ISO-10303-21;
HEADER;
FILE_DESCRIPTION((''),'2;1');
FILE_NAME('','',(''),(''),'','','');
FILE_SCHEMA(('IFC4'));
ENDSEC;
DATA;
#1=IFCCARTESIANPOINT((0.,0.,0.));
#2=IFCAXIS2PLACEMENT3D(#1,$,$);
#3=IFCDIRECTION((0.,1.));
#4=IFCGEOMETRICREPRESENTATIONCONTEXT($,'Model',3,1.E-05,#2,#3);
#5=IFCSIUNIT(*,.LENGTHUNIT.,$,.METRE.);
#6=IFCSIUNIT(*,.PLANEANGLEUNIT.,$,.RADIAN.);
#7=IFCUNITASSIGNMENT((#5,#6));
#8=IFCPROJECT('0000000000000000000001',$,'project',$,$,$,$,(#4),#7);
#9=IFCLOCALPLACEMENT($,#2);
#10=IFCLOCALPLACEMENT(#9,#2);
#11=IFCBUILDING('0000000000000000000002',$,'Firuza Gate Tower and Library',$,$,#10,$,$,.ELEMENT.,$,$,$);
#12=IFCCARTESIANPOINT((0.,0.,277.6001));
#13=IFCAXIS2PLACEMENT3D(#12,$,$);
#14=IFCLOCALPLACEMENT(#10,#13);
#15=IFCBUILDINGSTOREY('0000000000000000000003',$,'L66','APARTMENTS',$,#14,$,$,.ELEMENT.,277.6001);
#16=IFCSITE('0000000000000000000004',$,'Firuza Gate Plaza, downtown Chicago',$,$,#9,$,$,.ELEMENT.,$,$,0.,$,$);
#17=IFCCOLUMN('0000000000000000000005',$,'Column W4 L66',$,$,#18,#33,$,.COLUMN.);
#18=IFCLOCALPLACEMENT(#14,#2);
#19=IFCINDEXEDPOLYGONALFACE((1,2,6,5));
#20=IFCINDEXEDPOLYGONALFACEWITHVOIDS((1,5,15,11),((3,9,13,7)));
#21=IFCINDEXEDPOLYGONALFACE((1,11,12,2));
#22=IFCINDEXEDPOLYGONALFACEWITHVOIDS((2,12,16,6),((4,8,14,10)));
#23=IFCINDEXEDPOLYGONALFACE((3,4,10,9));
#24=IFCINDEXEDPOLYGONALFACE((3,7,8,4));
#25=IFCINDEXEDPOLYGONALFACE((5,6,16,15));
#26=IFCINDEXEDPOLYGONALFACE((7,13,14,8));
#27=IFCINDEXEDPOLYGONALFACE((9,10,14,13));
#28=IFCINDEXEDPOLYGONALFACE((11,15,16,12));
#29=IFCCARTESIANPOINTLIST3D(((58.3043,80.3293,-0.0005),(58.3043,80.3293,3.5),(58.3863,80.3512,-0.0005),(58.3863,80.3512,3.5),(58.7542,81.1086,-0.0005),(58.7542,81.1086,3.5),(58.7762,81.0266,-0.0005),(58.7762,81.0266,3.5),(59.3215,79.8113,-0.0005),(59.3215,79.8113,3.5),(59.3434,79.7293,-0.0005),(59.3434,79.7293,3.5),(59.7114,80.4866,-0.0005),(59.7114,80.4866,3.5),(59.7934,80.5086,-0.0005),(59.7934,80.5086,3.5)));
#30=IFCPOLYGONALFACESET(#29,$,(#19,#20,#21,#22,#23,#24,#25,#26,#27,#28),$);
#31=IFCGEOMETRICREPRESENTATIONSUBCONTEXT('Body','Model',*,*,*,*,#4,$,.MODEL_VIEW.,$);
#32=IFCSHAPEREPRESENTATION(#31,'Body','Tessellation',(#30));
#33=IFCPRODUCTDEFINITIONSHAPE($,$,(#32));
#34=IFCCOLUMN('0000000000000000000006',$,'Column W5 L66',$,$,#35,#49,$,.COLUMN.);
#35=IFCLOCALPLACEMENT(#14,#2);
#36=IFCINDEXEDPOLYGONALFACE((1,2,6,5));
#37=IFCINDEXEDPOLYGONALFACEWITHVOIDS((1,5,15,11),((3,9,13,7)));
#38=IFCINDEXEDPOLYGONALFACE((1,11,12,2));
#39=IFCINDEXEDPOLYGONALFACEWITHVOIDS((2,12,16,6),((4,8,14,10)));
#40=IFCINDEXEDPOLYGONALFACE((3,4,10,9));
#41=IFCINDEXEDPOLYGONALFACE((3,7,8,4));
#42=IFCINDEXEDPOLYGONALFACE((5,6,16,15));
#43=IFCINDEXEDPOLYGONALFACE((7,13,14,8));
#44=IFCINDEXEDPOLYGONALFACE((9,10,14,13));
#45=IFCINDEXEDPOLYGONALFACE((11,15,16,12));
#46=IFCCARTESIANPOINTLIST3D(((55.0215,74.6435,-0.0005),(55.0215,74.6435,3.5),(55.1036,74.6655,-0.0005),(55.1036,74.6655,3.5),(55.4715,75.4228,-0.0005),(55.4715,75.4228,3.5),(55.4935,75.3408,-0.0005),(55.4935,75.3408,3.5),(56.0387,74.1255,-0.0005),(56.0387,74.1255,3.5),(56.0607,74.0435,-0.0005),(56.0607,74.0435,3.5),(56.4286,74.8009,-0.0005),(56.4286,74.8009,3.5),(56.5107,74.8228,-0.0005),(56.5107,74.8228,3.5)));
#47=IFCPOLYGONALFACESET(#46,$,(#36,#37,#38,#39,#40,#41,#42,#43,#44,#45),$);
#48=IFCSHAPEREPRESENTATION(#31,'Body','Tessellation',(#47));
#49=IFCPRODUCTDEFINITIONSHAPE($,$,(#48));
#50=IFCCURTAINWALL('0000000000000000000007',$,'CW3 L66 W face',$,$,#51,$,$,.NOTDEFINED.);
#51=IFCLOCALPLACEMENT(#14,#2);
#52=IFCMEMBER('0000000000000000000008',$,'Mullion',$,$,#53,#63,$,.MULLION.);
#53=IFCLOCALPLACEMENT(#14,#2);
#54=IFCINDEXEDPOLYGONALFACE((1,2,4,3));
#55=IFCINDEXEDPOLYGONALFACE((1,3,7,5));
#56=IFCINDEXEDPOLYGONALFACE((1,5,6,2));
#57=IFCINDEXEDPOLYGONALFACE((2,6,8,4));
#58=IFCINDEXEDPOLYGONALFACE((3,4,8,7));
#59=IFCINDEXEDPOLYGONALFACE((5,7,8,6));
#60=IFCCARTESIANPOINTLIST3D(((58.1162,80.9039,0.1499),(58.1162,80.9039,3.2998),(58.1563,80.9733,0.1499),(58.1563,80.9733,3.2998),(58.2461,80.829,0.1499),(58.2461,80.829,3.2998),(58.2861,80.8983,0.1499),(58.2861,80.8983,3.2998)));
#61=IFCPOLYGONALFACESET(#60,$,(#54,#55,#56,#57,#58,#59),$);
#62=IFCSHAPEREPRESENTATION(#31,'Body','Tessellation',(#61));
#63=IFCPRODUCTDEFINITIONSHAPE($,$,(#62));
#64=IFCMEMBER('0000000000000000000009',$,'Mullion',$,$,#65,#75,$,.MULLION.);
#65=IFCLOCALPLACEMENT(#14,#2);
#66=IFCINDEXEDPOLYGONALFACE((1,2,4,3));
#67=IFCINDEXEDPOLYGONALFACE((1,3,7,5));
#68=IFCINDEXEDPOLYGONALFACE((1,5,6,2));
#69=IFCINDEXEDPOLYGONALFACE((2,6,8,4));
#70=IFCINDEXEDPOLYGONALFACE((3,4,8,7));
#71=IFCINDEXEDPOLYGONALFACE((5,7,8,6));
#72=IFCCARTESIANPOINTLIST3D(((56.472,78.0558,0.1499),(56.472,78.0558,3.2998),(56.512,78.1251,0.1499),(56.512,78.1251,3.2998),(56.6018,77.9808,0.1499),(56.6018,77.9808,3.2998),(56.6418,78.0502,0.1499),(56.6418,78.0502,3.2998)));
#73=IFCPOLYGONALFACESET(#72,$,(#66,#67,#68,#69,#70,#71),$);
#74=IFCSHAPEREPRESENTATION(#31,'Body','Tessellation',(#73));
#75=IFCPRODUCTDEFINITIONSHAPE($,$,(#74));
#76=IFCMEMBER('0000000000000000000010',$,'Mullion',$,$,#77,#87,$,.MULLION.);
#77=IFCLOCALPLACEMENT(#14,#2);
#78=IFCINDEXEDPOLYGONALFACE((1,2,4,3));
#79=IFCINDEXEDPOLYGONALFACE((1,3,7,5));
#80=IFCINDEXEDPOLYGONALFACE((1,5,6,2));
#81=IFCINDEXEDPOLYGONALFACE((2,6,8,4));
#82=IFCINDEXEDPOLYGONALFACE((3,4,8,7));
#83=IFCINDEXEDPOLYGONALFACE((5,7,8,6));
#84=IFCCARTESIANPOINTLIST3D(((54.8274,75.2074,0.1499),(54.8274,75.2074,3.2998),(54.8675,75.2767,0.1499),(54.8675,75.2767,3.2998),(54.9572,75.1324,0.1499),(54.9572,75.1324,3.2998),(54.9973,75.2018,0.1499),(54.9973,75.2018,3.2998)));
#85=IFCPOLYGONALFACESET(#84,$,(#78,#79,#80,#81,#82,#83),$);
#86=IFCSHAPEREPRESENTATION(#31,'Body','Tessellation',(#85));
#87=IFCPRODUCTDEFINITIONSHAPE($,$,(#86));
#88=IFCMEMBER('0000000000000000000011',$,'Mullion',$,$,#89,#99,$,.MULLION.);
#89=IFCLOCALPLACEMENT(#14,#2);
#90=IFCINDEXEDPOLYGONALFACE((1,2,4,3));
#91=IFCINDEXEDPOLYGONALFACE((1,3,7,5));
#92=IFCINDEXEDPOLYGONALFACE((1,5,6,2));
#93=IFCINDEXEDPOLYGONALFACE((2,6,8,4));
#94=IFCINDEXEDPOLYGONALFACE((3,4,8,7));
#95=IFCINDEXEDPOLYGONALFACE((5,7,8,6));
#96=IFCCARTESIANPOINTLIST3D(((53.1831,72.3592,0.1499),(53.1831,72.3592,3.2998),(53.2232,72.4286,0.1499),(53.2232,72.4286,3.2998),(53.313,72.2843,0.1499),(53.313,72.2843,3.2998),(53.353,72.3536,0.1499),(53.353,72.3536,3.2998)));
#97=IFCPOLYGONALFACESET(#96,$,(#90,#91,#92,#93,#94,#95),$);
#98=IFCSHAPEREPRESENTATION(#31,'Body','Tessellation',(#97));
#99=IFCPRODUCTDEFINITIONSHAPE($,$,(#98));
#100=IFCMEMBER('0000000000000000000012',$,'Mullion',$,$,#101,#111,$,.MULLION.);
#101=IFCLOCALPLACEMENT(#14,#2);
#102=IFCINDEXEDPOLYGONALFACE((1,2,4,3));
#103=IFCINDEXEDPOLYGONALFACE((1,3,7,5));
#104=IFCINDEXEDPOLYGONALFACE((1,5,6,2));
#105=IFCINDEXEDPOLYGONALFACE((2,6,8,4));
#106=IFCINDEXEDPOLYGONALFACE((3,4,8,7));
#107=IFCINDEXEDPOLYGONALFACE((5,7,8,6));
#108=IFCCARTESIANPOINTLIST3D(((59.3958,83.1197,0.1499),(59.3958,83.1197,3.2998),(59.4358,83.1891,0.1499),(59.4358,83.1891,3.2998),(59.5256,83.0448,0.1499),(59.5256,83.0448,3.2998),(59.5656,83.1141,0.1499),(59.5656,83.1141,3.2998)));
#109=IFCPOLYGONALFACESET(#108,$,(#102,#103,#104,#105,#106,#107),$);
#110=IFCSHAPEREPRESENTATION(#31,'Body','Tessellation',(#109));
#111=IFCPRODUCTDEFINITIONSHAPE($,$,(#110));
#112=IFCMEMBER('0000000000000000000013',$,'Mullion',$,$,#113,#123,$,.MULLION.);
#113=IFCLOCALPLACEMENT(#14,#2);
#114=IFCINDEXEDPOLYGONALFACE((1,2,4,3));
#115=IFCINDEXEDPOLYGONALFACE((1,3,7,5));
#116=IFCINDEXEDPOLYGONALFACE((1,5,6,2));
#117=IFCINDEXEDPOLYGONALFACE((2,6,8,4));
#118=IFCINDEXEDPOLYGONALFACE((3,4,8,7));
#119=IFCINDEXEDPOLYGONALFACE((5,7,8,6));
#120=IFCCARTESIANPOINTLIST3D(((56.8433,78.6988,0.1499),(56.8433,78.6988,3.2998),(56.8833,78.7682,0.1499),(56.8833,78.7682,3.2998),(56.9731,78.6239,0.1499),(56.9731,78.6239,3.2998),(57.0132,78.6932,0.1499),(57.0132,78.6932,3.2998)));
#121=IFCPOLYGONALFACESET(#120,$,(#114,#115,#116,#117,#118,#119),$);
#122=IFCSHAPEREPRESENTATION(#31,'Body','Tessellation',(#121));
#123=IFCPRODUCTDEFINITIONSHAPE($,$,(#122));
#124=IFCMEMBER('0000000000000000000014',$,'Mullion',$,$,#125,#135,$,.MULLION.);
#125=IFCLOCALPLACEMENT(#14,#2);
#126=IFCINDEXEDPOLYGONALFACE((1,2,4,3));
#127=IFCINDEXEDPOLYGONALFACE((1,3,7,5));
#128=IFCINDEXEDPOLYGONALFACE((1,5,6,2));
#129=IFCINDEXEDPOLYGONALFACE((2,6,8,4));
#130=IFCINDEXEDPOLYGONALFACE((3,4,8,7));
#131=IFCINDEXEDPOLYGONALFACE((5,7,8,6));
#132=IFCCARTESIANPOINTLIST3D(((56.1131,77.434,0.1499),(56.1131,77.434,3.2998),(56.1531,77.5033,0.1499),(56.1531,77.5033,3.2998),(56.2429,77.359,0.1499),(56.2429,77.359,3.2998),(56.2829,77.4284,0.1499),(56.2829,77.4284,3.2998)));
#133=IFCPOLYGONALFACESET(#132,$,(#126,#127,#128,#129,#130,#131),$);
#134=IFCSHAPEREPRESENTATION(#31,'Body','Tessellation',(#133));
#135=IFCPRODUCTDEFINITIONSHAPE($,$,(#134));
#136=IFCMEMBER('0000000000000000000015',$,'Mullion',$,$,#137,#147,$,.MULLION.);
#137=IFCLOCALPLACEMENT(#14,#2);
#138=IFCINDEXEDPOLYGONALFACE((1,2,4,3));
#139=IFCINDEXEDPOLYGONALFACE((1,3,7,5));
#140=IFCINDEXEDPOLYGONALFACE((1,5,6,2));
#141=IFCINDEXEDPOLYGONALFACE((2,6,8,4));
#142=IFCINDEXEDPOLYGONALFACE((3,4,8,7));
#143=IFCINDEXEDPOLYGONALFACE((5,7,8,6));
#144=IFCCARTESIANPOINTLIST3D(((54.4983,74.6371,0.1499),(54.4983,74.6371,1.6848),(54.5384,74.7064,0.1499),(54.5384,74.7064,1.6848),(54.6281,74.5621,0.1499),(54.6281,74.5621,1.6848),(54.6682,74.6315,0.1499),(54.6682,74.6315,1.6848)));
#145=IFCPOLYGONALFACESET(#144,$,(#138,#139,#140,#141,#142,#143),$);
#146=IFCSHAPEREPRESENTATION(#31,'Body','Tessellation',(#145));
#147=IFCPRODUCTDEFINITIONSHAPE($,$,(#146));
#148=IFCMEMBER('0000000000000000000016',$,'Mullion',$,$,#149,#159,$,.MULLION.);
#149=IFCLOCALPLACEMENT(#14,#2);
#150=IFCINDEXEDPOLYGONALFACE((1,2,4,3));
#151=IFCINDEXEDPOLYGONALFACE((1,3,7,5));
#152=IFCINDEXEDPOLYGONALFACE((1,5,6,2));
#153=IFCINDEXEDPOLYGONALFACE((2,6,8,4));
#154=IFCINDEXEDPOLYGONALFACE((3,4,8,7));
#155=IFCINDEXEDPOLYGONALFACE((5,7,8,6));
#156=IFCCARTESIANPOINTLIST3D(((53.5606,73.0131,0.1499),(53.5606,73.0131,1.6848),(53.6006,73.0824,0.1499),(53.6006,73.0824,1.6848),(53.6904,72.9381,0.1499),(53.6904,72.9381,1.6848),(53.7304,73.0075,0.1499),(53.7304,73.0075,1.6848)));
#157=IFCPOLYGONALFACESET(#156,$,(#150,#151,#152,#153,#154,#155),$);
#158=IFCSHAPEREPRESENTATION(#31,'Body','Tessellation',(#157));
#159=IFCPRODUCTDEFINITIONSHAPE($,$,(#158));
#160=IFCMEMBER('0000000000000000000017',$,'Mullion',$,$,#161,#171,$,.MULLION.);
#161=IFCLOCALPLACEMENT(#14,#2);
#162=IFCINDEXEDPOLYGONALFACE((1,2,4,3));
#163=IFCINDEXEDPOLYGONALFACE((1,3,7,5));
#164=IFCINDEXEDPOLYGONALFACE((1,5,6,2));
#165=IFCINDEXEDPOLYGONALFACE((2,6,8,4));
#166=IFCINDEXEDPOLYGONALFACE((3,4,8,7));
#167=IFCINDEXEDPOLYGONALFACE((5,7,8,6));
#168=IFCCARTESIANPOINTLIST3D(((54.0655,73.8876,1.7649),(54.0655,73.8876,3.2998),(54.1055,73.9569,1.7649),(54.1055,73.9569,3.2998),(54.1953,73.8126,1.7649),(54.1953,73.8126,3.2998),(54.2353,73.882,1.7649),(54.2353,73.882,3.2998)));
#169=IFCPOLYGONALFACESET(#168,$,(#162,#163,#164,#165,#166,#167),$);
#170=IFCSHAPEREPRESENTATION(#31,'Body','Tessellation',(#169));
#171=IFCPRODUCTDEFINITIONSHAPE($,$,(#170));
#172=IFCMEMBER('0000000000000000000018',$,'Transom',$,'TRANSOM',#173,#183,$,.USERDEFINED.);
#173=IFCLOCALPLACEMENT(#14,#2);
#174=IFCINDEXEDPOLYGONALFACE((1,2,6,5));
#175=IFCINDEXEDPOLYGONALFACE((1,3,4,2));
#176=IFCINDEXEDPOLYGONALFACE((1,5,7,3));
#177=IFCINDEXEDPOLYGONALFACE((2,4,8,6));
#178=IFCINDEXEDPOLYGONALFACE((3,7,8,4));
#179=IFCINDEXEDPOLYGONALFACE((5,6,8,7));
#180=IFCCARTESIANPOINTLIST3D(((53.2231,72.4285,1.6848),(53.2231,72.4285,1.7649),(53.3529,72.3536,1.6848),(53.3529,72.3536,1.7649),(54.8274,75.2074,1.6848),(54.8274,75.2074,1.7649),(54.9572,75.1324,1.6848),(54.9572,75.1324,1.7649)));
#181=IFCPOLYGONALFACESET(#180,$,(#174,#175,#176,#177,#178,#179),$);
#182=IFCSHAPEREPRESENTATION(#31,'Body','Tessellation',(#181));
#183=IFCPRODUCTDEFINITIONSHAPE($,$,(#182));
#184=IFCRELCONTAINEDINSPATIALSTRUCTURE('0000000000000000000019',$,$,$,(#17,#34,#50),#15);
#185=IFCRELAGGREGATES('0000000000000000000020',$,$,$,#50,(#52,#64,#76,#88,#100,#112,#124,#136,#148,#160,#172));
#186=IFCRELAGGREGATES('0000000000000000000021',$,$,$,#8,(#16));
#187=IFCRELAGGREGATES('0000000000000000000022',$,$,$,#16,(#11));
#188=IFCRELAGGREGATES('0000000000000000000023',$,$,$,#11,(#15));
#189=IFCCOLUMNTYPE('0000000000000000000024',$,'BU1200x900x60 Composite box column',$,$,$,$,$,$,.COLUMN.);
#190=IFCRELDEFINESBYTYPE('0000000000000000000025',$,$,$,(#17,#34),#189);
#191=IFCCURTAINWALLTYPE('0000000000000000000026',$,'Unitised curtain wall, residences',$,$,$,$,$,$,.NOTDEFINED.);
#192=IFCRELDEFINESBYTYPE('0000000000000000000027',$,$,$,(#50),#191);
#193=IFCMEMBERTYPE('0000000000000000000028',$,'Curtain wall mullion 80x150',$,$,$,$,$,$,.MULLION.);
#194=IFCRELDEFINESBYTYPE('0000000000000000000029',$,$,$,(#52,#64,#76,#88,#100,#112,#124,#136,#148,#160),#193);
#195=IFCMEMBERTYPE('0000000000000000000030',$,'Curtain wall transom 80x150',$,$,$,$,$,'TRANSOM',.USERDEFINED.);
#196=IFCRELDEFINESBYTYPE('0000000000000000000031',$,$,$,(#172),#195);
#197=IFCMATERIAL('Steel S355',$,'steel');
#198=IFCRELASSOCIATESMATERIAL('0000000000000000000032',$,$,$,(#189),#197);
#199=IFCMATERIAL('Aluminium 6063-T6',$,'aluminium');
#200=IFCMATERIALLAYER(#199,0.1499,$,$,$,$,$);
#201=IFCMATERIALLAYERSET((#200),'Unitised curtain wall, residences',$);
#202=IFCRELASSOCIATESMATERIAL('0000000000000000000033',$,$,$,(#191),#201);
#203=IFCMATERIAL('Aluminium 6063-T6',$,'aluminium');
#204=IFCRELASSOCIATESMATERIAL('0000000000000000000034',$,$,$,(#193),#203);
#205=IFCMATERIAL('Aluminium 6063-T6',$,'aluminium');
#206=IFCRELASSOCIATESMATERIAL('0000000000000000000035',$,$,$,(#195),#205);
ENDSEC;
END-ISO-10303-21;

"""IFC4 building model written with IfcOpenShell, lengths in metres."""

from ifc_helpers import new_model, si_unit, direction, frame, origin, origin_2d, place, context, subcontext, project, spatial, rectangle, hollow_rectangle, extrude, material, layer, layer_set, material_profile, profile_set, type_object, element, aggregate, save


model = new_model("IFC4")

# Units and contexts
model_context = context("Model", 3, precision=1e-05, world=origin(), true_north=direction((0.0, 1.0)))
body_context = subcontext(model_context, "Body", "Model", "MODEL_VIEW")
ifc_project = project(units=[si_unit("LENGTHUNIT", "METRE"), si_unit("PLANEANGLEUNIT", "RADIAN")], contexts=[model_context])

# Site, building, storey
site_placement = place(None, origin())
site = spatial("IfcSite", under=ifc_project, at=site_placement, Name="Firuza Gate Plaza, downtown Chicago", CompositionType="ELEMENT", RefElevation=0.0)
building_placement = place(site_placement, origin())
building = spatial("IfcBuilding", under=site, at=building_placement, Name="Firuza Gate Tower and Library", CompositionType="ELEMENT")
storey_placement = place(building_placement, frame((0.0, 0.0, 277.6001)))
storey = spatial("IfcBuildingStorey", under=building, at=storey_placement, Name="L66", Description="APARTMENTS", CompositionType="ELEMENT", Elevation=277.6001)

# Columns
ifc_material_1 = material(Name="Steel S355", Category="steel")
ifc_material_profile_1 = material_profile(ifc_material_1, hollow_rectangle(XDim=0.8999, YDim=1.2, WallThickness=0.0601, at=origin_2d()))
ifc_profile_set_1 = profile_set([ifc_material_profile_1], Name="Steel S355")
column_type = type_object("IfcColumnType", Name="BU1200x900x60 Composite box column", PredefinedType="COLUMN", material=ifc_profile_set_1)
for number, where, z_axis, x_axis, name in (
    (1, (59.0488, 80.4189, -0.0005), (0.0, 0.0, 1.0), (-0.5, -0.866025, 0.0), "Column W4 L66"),
    (2, (55.7661, 74.7332, -0.0005), (0.0, 0.0, 1.0), (-0.5, -0.866025, 0.0), "Column W5 L66"),
):
    element("IfcColumn", number, at=place(storey_placement, frame(where, z_axis=z_axis, x_axis=x_axis)), inside=storey, type_object=column_type, Name=name, PredefinedType="COLUMN", context=body_context, shape_type="SweptSolid", body=[
        extrude(hollow_rectangle(XDim=0.8999, YDim=1.2, WallThickness=0.0601, at=origin_2d()), origin(), (0.0, 0.0, 1.0), 3.5005),
    ])

# Curtain wall, members
ifc_material_2 = material(Name="Aluminium 6063-T6", Category="aluminium")
ifc_layer_1 = layer(ifc_material_2, 0.1499)
ifc_layer_set_1 = layer_set([ifc_layer_1], Name="Unitised curtain wall, residences")
curtain_wall_type = type_object("IfcCurtainWallType", Name="Unitised curtain wall, residences", PredefinedType="NOTDEFINED", material=ifc_layer_set_1)
curtain_wall_placement = place(storey_placement, origin())
curtain_wall = element("IfcCurtainWall", 3, at=curtain_wall_placement, inside=storey, type_object=curtain_wall_type, Name="CW3 L66 W face", PredefinedType="NOTDEFINED")
ifc_material_3 = material(Name="Aluminium 6063-T6", Category="aluminium")
ifc_material_profile_2 = material_profile(ifc_material_3, rectangle(XDim=0.1499, YDim=0.0801, at=origin_2d()))
ifc_profile_set_2 = profile_set([ifc_material_profile_2], Name="Aluminium 6063-T6")
member_type_1 = type_object("IfcMemberType", Name="Curtain wall mullion 80x150", PredefinedType="MULLION", material=ifc_profile_set_2)
member_1_placement = place(storey_placement, frame((58.2012, 80.9011, 0.1499), z_axis=(0.0, 0.0, 1.0), x_axis=(0.866025, -0.5, 0.0)))
member_1 = element("IfcMember", 4, at=member_1_placement, type_object=member_type_1, Name="Mullion", PredefinedType="MULLION", context=body_context, shape_type="SweptSolid", body=[
    extrude(rectangle(XDim=0.1499, YDim=0.0801, at=origin_2d()), origin(), (0.0, 0.0, 1.0), 3.1499),
])
member_2_placement = place(storey_placement, frame((56.5569, 78.053, 0.1499), z_axis=(0.0, 0.0, 1.0), x_axis=(0.866025, -0.5, 0.0)))
member_2 = element("IfcMember", 5, at=member_2_placement, type_object=member_type_1, Name="Mullion", PredefinedType="MULLION", context=body_context, shape_type="SweptSolid", body=[
    extrude(rectangle(XDim=0.1499, YDim=0.0801, at=origin_2d()), origin(), (0.0, 0.0, 1.0), 3.1499),
])
member_3_placement = place(storey_placement, frame((54.9124, 75.2046, 0.1499), z_axis=(0.0, 0.0, 1.0), x_axis=(0.866025, -0.5, 0.0)))
member_3 = element("IfcMember", 6, at=member_3_placement, type_object=member_type_1, Name="Mullion", PredefinedType="MULLION", context=body_context, shape_type="SweptSolid", body=[
    extrude(rectangle(XDim=0.1499, YDim=0.0801, at=origin_2d()), origin(), (0.0, 0.0, 1.0), 3.1499),
])
member_4_placement = place(storey_placement, frame((53.2681, 72.3564, 0.1499), z_axis=(0.0, 0.0, 1.0), x_axis=(0.866025, -0.5, 0.0)))
member_4 = element("IfcMember", 7, at=member_4_placement, type_object=member_type_1, Name="Mullion", PredefinedType="MULLION", context=body_context, shape_type="SweptSolid", body=[
    extrude(rectangle(XDim=0.1499, YDim=0.0801, at=origin_2d()), origin(), (0.0, 0.0, 1.0), 3.1499),
])
member_5_placement = place(storey_placement, frame((59.4807, 83.1169, 0.1499), z_axis=(0.0, 0.0, 1.0), x_axis=(0.866025, -0.5, 0.0)))
member_5 = element("IfcMember", 8, at=member_5_placement, type_object=member_type_1, Name="Mullion", PredefinedType="MULLION", context=body_context, shape_type="SweptSolid", body=[
    extrude(rectangle(XDim=0.1499, YDim=0.0801, at=origin_2d()), origin(), (0.0, 0.0, 1.0), 3.1499),
])
member_6_placement = place(storey_placement, frame((56.9282, 78.696, 0.1499), z_axis=(0.0, 0.0, 1.0), x_axis=(0.866025, -0.5, 0.0)))
member_6 = element("IfcMember", 9, at=member_6_placement, type_object=member_type_1, Name="Mullion", PredefinedType="MULLION", context=body_context, shape_type="SweptSolid", body=[
    extrude(rectangle(XDim=0.1499, YDim=0.0801, at=origin_2d()), origin(), (0.0, 0.0, 1.0), 3.1499),
])
member_7_placement = place(storey_placement, frame((56.198, 77.4312, 0.1499), z_axis=(0.0, 0.0, 1.0), x_axis=(0.866025, -0.5, 0.0)))
member_7 = element("IfcMember", 10, at=member_7_placement, type_object=member_type_1, Name="Mullion", PredefinedType="MULLION", context=body_context, shape_type="SweptSolid", body=[
    extrude(rectangle(XDim=0.1499, YDim=0.0801, at=origin_2d()), origin(), (0.0, 0.0, 1.0), 3.1499),
])
member_8_placement = place(storey_placement, frame((54.5833, 74.6343, 0.1499), z_axis=(0.0, 0.0, 1.0), x_axis=(0.866025, -0.5, 0.0)))
member_8 = element("IfcMember", 11, at=member_8_placement, type_object=member_type_1, Name="Mullion", PredefinedType="MULLION", context=body_context, shape_type="SweptSolid", body=[
    extrude(rectangle(XDim=0.1499, YDim=0.0801, at=origin_2d()), origin(), (0.0, 0.0, 1.0), 1.5349),
])
member_9_placement = place(storey_placement, frame((53.6455, 73.0103, 0.1499), z_axis=(0.0, 0.0, 1.0), x_axis=(0.866025, -0.5, 0.0)))
member_9 = element("IfcMember", 12, at=member_9_placement, type_object=member_type_1, Name="Mullion", PredefinedType="MULLION", context=body_context, shape_type="SweptSolid", body=[
    extrude(rectangle(XDim=0.1499, YDim=0.0801, at=origin_2d()), origin(), (0.0, 0.0, 1.0), 1.5349),
])
member_10_placement = place(storey_placement, frame((54.1504, 73.8848, 1.7649), z_axis=(0.0, 0.0, 1.0), x_axis=(0.866025, -0.5, 0.0)))
member_10 = element("IfcMember", 13, at=member_10_placement, type_object=member_type_1, Name="Mullion", PredefinedType="MULLION", context=body_context, shape_type="SweptSolid", body=[
    extrude(rectangle(XDim=0.1499, YDim=0.0801, at=origin_2d()), origin(), (0.0, 0.0, 1.0), 1.5349),
])
ifc_material_4 = material(Name="Aluminium 6063-T6", Category="aluminium")
ifc_material_profile_3 = material_profile(ifc_material_4, rectangle(XDim=0.1499, YDim=0.0801, at=origin_2d()))
ifc_profile_set_3 = profile_set([ifc_material_profile_3], Name="Aluminium 6063-T6")
member_type_2 = type_object("IfcMemberType", Name="Curtain wall transom 80x150", ElementType="TRANSOM", PredefinedType="USERDEFINED", material=ifc_profile_set_3)
member_11_placement = place(storey_placement, frame((54.8923, 75.1699, 1.7249), z_axis=(-0.499977, -0.866039, 0.0), x_axis=(0.866039, -0.499977, 0.0)))
member_11 = element("IfcMember", 14, at=member_11_placement, type_object=member_type_2, Name="Transom", ObjectType="TRANSOM", PredefinedType="USERDEFINED", context=body_context, shape_type="SweptSolid", body=[
    extrude(rectangle(XDim=0.1499, YDim=0.0801, at=origin_2d()), origin(), (0.0, 0.0, 1.0), 3.2087),
])

aggregate(curtain_wall, [member_1, member_2, member_3, member_4, member_5, member_6, member_7, member_8, member_9, member_10, member_11])

save(model, "model.ifc")
